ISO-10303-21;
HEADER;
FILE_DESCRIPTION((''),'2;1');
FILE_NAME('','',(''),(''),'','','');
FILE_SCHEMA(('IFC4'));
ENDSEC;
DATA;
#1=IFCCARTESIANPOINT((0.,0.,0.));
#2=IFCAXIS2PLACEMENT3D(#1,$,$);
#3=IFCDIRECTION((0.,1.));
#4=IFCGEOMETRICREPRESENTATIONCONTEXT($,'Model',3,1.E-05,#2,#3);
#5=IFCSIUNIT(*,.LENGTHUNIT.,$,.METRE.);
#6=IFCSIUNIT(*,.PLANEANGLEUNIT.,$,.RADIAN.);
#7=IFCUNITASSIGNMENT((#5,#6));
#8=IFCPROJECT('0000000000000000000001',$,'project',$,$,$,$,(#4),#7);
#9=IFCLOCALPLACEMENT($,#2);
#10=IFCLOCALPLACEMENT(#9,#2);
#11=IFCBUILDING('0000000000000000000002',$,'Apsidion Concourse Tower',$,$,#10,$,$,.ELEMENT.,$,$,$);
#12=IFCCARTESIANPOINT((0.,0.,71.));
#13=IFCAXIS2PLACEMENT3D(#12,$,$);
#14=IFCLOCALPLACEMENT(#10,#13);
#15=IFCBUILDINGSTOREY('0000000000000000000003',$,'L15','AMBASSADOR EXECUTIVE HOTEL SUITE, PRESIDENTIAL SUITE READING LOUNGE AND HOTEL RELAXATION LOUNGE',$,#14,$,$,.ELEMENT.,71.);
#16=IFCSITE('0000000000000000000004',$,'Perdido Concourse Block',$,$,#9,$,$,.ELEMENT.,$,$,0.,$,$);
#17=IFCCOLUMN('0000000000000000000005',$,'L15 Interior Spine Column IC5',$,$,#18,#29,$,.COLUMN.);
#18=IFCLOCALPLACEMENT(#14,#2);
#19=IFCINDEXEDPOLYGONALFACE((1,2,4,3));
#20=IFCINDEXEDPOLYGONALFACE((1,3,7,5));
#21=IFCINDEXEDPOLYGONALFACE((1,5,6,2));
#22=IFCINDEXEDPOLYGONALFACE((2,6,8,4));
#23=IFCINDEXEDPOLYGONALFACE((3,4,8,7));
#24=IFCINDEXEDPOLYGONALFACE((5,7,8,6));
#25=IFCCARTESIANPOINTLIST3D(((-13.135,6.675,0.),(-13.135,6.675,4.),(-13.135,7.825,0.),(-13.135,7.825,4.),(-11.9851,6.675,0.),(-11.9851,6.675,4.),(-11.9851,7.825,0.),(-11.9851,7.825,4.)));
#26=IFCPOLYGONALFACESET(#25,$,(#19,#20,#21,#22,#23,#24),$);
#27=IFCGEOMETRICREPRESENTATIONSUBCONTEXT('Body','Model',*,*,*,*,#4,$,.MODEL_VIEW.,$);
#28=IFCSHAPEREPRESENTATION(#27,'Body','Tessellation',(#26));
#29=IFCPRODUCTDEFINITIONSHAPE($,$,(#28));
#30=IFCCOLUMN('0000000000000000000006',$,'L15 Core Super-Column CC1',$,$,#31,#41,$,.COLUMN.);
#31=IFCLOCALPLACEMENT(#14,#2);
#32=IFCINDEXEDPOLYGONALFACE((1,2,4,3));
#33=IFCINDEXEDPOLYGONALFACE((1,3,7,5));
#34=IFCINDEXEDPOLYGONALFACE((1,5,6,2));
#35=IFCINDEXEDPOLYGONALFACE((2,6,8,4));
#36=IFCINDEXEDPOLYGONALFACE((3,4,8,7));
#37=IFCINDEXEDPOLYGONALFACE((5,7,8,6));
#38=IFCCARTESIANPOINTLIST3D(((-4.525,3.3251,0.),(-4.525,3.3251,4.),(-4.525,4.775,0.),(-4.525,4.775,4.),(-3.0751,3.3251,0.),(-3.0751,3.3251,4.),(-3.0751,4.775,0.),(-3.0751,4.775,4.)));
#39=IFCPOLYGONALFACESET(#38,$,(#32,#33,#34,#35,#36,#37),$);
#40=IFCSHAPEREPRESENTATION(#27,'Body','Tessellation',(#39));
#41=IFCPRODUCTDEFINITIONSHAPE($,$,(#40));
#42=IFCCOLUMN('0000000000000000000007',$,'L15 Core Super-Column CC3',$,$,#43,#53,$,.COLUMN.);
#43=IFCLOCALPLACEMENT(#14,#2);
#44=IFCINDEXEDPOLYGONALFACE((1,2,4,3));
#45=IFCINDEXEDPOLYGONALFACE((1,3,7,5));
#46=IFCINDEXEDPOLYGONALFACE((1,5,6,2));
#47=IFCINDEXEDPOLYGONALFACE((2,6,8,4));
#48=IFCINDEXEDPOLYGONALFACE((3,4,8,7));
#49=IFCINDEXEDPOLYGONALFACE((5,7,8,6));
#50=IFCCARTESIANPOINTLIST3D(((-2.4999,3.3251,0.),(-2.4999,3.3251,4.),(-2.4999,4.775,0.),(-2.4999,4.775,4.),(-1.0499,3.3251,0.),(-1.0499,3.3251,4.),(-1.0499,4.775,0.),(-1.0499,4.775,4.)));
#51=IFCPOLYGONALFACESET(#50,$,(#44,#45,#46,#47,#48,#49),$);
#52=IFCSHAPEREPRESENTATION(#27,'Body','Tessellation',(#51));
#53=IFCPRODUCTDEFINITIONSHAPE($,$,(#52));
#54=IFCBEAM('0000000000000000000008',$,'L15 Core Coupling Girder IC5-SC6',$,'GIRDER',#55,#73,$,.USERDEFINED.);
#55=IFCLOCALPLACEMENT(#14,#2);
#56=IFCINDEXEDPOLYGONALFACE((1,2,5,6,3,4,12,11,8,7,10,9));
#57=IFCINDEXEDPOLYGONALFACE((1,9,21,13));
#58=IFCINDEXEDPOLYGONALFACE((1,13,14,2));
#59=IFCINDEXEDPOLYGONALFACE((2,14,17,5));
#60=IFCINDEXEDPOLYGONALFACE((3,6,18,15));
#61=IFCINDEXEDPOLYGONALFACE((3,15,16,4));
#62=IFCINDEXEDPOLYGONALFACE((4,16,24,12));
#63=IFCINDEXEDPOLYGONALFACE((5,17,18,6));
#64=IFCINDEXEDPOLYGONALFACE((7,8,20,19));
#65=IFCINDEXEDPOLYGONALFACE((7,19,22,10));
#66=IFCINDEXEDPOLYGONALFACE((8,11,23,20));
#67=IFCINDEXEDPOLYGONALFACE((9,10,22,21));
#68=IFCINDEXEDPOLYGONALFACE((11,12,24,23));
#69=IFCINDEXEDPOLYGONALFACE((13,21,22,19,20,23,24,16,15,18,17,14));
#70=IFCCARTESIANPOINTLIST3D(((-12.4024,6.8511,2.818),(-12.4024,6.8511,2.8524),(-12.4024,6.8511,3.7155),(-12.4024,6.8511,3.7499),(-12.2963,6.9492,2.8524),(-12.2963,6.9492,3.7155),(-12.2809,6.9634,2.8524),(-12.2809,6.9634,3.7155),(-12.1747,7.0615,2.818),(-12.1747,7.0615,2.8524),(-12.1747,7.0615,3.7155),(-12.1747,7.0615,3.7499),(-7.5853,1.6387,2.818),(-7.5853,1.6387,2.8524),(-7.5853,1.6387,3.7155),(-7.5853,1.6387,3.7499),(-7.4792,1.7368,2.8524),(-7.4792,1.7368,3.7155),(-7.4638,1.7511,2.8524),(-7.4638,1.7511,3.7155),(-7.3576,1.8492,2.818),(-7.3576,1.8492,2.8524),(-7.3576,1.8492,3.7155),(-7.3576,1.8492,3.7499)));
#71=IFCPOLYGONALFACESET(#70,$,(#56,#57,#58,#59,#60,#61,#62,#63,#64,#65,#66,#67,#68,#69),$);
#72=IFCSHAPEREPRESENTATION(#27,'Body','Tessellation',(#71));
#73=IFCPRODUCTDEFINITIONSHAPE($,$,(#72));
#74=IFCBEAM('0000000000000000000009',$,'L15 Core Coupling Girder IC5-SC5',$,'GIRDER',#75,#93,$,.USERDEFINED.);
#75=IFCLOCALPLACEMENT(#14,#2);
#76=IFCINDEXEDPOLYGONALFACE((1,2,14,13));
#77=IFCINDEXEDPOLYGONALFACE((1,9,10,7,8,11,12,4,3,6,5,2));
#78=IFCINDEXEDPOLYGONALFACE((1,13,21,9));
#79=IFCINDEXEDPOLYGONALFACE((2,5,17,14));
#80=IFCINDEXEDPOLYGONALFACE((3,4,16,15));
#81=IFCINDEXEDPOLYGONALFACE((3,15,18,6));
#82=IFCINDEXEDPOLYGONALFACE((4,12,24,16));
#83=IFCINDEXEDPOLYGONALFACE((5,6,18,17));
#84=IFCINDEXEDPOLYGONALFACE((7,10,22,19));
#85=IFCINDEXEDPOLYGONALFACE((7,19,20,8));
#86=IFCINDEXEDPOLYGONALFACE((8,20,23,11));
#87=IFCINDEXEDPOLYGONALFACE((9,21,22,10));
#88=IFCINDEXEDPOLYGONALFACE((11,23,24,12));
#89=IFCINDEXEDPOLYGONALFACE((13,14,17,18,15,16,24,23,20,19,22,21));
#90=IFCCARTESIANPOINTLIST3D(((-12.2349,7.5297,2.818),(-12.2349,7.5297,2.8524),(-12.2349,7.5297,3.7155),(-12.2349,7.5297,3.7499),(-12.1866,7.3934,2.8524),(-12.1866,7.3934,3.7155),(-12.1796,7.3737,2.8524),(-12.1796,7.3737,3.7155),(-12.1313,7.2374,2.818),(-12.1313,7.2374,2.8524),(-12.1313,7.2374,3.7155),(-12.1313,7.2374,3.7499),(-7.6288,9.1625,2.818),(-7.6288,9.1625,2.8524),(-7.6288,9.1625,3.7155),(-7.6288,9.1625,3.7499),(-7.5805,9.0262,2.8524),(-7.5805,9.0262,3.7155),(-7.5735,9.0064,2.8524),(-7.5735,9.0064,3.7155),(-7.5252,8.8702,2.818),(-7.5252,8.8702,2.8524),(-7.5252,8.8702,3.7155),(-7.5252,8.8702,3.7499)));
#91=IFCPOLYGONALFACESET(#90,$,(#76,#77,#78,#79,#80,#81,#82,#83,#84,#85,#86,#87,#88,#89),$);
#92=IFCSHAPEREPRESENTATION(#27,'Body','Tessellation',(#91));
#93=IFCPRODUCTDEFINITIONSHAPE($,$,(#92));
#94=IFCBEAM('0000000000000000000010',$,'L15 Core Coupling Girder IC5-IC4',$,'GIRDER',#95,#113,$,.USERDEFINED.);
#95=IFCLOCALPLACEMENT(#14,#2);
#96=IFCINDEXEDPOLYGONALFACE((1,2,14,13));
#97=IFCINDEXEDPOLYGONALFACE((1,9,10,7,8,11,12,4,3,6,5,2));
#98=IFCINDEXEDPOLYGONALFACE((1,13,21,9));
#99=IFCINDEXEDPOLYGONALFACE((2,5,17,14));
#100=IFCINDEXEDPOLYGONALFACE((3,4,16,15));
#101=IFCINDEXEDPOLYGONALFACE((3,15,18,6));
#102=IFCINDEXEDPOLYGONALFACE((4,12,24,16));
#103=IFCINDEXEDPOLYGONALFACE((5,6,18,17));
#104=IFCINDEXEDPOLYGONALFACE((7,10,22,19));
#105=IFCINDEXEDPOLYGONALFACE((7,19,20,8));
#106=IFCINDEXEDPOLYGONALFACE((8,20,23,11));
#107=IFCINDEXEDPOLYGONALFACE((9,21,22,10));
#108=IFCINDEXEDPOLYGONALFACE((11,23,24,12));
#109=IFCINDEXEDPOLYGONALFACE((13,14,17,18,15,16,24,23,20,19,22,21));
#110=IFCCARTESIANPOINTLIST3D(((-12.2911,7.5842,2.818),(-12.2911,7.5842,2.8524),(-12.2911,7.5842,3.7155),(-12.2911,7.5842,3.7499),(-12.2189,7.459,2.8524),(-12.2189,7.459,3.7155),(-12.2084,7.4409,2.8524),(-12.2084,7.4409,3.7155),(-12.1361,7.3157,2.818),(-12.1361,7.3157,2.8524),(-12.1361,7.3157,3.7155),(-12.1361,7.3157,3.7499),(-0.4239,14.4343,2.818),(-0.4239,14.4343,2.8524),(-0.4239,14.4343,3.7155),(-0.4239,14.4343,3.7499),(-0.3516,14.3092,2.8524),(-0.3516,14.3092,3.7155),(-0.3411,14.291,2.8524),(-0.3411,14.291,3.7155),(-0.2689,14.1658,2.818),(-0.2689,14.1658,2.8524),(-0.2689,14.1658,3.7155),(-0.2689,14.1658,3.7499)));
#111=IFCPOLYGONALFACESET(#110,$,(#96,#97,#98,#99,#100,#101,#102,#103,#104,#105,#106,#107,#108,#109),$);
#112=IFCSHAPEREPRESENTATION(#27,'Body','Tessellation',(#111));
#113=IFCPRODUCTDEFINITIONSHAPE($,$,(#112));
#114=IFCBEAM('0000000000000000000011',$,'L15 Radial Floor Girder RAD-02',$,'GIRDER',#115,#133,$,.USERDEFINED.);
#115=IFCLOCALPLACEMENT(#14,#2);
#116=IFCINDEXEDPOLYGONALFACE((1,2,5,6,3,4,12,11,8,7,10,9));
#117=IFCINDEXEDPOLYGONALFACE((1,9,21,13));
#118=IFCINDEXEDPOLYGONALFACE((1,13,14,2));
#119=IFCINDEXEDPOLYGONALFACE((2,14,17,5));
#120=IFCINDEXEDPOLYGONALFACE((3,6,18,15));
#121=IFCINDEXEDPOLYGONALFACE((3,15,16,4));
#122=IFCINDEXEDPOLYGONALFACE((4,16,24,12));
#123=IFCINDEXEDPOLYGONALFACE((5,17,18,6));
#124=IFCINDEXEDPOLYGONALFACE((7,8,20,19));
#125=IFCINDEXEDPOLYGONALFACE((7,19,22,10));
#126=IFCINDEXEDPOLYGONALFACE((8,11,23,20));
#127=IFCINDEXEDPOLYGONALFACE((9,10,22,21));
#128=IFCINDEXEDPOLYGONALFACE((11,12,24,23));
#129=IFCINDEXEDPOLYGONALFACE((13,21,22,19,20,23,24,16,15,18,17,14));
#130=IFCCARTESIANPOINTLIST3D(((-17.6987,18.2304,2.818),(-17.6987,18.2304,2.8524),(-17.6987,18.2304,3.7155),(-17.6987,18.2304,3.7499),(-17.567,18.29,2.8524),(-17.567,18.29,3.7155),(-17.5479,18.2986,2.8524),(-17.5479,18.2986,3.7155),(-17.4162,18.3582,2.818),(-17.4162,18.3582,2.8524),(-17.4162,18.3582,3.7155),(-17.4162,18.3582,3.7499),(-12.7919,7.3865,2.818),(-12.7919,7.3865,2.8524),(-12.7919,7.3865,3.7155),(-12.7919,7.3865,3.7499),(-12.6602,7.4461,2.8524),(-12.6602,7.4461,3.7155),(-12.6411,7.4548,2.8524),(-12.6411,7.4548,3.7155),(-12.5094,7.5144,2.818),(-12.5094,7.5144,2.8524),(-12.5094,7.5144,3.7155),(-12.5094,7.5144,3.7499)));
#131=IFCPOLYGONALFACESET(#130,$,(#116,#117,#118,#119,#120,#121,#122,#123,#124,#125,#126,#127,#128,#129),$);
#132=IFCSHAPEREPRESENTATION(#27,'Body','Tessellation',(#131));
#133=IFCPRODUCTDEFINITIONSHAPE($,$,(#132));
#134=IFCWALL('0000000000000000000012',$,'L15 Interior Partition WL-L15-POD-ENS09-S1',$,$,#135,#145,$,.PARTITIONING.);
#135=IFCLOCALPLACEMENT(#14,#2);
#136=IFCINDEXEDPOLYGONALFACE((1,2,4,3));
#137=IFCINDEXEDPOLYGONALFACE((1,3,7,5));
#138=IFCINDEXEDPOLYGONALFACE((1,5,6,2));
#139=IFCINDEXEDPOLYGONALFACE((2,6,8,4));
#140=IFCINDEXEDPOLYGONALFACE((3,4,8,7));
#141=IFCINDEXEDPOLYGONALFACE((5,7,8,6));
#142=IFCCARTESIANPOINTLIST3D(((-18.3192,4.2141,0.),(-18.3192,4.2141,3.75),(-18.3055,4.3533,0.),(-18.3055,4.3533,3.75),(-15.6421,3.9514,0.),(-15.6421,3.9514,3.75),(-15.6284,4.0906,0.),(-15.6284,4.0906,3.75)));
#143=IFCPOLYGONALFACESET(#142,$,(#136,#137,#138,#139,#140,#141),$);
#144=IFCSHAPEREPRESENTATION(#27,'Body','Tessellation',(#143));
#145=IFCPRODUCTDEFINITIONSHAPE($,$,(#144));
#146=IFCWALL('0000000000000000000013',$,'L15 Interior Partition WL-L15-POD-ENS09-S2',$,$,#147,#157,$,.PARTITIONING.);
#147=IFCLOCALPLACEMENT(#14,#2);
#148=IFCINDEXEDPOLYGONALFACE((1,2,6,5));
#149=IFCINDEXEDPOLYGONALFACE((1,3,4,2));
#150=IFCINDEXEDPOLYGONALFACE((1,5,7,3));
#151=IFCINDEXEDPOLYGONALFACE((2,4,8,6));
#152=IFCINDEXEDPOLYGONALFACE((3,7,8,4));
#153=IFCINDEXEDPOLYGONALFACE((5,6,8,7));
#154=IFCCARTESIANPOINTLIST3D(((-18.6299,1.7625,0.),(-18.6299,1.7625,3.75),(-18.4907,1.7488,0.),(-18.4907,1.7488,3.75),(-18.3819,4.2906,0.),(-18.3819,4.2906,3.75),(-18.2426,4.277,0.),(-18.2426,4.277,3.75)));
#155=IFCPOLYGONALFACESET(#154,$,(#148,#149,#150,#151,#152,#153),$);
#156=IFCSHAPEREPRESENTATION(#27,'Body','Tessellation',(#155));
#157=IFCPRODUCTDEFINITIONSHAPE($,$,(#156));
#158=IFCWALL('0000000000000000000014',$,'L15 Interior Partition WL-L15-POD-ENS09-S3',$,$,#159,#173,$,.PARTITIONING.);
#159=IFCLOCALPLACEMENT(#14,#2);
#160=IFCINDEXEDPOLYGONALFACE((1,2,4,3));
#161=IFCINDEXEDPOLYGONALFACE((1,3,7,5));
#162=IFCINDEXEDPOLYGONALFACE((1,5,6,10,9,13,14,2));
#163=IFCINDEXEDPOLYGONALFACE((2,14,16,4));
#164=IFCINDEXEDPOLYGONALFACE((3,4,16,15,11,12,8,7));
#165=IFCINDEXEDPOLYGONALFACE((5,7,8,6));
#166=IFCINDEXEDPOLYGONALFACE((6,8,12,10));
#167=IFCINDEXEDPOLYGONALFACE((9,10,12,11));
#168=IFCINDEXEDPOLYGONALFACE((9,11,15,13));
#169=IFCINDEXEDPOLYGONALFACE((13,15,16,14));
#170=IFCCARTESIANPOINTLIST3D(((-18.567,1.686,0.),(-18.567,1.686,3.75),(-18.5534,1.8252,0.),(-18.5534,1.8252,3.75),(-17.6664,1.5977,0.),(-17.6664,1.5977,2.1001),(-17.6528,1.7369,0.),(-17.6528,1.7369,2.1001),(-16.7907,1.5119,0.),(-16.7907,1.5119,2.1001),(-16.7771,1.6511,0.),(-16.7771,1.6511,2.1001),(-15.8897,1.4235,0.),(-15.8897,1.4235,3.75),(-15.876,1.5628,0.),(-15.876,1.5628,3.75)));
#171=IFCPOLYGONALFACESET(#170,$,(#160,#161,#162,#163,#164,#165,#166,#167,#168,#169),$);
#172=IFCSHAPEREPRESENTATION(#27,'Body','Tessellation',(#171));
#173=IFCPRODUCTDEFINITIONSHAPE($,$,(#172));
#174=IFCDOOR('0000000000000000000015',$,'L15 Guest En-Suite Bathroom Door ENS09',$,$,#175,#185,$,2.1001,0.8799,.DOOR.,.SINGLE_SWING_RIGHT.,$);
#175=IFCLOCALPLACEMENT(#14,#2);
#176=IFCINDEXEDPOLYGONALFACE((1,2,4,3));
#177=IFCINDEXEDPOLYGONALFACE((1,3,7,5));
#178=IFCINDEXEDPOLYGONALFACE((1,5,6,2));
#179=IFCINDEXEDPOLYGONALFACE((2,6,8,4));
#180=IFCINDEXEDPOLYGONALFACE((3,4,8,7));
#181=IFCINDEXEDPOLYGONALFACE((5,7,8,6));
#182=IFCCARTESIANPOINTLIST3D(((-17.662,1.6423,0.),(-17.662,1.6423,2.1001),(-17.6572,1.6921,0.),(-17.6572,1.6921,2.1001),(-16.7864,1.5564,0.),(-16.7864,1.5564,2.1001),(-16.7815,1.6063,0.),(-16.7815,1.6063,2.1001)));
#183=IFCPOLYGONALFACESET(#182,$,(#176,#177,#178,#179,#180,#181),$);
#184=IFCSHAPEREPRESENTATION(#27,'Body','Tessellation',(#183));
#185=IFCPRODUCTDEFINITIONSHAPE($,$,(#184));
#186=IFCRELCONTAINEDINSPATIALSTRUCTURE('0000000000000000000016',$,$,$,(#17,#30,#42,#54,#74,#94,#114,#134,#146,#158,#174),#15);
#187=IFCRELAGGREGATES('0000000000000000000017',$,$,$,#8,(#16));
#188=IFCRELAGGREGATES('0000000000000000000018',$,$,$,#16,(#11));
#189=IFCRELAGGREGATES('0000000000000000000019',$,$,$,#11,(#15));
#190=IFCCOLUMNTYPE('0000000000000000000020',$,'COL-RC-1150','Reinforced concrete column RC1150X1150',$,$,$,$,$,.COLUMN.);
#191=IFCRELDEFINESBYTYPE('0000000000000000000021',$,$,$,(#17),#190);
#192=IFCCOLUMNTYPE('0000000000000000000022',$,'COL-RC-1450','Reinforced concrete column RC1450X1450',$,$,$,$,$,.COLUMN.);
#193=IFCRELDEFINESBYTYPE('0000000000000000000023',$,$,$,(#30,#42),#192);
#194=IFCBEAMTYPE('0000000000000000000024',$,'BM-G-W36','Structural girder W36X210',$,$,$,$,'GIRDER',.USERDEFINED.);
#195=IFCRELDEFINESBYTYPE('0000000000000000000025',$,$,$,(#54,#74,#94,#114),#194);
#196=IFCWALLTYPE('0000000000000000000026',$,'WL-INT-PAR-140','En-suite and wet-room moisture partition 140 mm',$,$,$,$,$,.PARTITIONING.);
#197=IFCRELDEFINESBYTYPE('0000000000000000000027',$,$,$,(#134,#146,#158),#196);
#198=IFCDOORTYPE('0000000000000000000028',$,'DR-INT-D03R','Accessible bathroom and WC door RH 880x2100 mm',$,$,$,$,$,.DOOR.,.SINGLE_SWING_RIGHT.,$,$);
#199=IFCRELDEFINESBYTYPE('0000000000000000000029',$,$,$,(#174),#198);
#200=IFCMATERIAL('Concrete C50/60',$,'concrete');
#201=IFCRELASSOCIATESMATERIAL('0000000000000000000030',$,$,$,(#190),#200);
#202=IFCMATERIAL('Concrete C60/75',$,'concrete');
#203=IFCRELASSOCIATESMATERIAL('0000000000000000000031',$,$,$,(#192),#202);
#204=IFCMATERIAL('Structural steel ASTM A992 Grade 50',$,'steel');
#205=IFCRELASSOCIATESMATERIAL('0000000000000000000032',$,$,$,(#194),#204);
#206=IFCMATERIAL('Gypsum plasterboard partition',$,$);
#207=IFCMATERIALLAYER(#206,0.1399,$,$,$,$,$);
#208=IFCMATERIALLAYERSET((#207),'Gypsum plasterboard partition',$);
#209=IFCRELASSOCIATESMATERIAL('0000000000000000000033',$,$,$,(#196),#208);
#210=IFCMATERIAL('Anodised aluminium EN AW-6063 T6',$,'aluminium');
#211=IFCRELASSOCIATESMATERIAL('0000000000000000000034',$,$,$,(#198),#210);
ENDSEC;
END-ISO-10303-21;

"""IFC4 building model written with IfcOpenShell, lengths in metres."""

from ifc_helpers import new_model, si_unit, direction, frame, frame_2d, origin, origin_2d, place, context, subcontext, project, spatial, rectangle, i_section, extrude, material, layer, layer_set, material_profile, profile_set, type_object, element, fill, save


model = new_model("IFC4")

# Units and contexts
model_context = context("Model", 3, precision=1e-05, world=origin(), true_north=direction((0.0, 1.0)))
body_context = subcontext(model_context, "Body", "Model", "MODEL_VIEW")
ifc_project = project(units=[si_unit("LENGTHUNIT", "METRE"), si_unit("PLANEANGLEUNIT", "RADIAN")], contexts=[model_context])

# Site, building, storey
site_placement = place(None, origin())
site = spatial("IfcSite", under=ifc_project, at=site_placement, Name="Perdido Concourse Block", CompositionType="ELEMENT", RefElevation=0.0)
building_placement = place(site_placement, origin())
building = spatial("IfcBuilding", under=site, at=building_placement, Name="Apsidion Concourse Tower", CompositionType="ELEMENT")
storey_placement = place(building_placement, frame((0.0, 0.0, 71.0)))
storey = spatial("IfcBuildingStorey", under=building, at=storey_placement, Name="L15", Description="AMBASSADOR EXECUTIVE HOTEL SUITE, PRESIDENTIAL SUITE READING LOUNGE AND HOTEL RELAXATION LOUNGE", CompositionType="ELEMENT", Elevation=71.0)

# Columns
ifc_material_1 = material(Name="Concrete C50/60", Category="concrete")
ifc_material_profile_1 = material_profile(ifc_material_1, rectangle(XDim=1.1499, YDim=1.1499, at=origin_2d()), Name="RC 1150x1150")
ifc_profile_set_1 = profile_set([ifc_material_profile_1], Name="Concrete C50/60")
column_type_1 = type_object("IfcColumnType", Name="COL-RC-1150", Description="Reinforced concrete column RC1150X1150", PredefinedType="COLUMN", material=ifc_profile_set_1)
column_placement = place(storey_placement, frame((-12.5601, 7.25, 0.0), z_axis=(0.0, 0.0, 1.0), x_axis=(1.0, 0.0, 0.0)))
element("IfcColumn", 1, at=column_placement, inside=storey, type_object=column_type_1, Name="L15 Interior Spine Column IC5", PredefinedType="COLUMN", context=body_context, shape_type="SweptSolid", body=[
    extrude(rectangle(XDim=1.1499, YDim=1.1499, at=origin_2d()), origin(), (0.0, 0.0, 1.0), 4.0),
])
ifc_material_2 = material(Name="Concrete C60/75", Category="concrete")
ifc_material_profile_2 = material_profile(ifc_material_2, rectangle(XDim=1.45, YDim=1.45, at=origin_2d()), Name="RC 1450x1450")
ifc_profile_set_2 = profile_set([ifc_material_profile_2], Name="Concrete C60/75")
column_type_2 = type_object("IfcColumnType", Name="COL-RC-1450", Description="Reinforced concrete column RC1450X1450", PredefinedType="COLUMN", material=ifc_profile_set_2)
for number, where, z_axis, x_axis, name in (
    (2, (-3.8, 4.05, 0.0), (0.0, 0.0, 1.0), (1.0, 0.0, 0.0), "L15 Core Super-Column CC1"),
    (3, (-1.7749, 4.05, 0.0), (0.0, 0.0, 1.0), (1.0, 0.0, 0.0), "L15 Core Super-Column CC3"),
):
    element("IfcColumn", number, at=place(storey_placement, frame(where, z_axis=z_axis, x_axis=x_axis)), inside=storey, type_object=column_type_2, Name=name, PredefinedType="COLUMN", context=body_context, shape_type="SweptSolid", body=[
        extrude(rectangle(XDim=1.45, YDim=1.45, at=origin_2d()), origin(), (0.0, 0.0, 1.0), 4.0),
    ])

# Beams
ifc_material_3 = material(Name="Structural steel ASTM A992 Grade 50", Category="steel")
ifc_material_profile_3 = material_profile(ifc_material_3, i_section(OverallWidth=0.3101, OverallDepth=0.9319, WebThickness=0.021, FlangeThickness=0.0344, at=origin_2d()), Name="W36X210")
ifc_profile_set_3 = profile_set([ifc_material_profile_3], Name="Structural steel ASTM A992 Grade 50")
beam_type = type_object("IfcBeamType", Name="BM-G-W36", Description="Structural girder W36X210", ElementType="GIRDER", PredefinedType="USERDEFINED", material=ifc_profile_set_3)
beam_1_placement = place(storey_placement, frame((-12.2886, 6.9563, 3.2839), z_axis=(0.678713, -0.734404, 0.0), x_axis=(0.734404, 0.678713, 0.0)))
element("IfcBeam", 4, at=beam_1_placement, inside=storey, type_object=beam_type, Name="L15 Core Coupling Girder IC5-SC6", ObjectType="GIRDER", PredefinedType="USERDEFINED", context=body_context, shape_type="SweptSolid", body=[
    extrude(i_section(OverallWidth=0.3101, OverallDepth=0.9319, WebThickness=0.021, FlangeThickness=0.0344, at=origin_2d()), origin(), (0.0, 0.0, 1.0), 7.0974),
])
beam_2_placement = place(storey_placement, frame((-12.1831, 7.3835, 3.2839), z_axis=(0.942534, 0.334111, 0.0), x_axis=(-0.334111, 0.942534, 0.0)))
element("IfcBeam", 5, at=beam_2_placement, inside=storey, type_object=beam_type, Name="L15 Core Coupling Girder IC5-SC5", ObjectType="GIRDER", PredefinedType="USERDEFINED", context=body_context, shape_type="SweptSolid", body=[
    extrude(i_section(OverallWidth=0.3101, OverallDepth=0.9319, WebThickness=0.021, FlangeThickness=0.0344, at=origin_2d()), origin(), (0.0, 0.0, 1.0), 4.887),
])
beam_3_placement = place(storey_placement, frame((-12.2136, 7.45, 3.2839), z_axis=(0.86607, 0.499922, 0.0), x_axis=(-0.499922, 0.86607, 0.0)))
element("IfcBeam", 6, at=beam_3_placement, inside=storey, type_object=beam_type, Name="L15 Core Coupling Girder IC5-IC4", ObjectType="GIRDER", PredefinedType="USERDEFINED", context=body_context, shape_type="SweptSolid", body=[
    extrude(i_section(OverallWidth=0.3101, OverallDepth=0.9319, WebThickness=0.021, FlangeThickness=0.0344, at=origin_2d()), origin(), (0.0, 0.0, 1.0), 13.7024),
])
beam_4_placement = place(storey_placement, frame((-12.6506, 7.4504, 3.2839), z_axis=(-0.412254, 0.911069, 0.0), x_axis=(-0.911069, -0.412254, 0.0)))
element("IfcBeam", 7, at=beam_4_placement, inside=storey, type_object=beam_type, Name="L15 Radial Floor Girder RAD-02", ObjectType="GIRDER", PredefinedType="USERDEFINED", context=body_context, shape_type="SweptSolid", body=[
    extrude(i_section(OverallWidth=0.3101, OverallDepth=0.9319, WebThickness=0.021, FlangeThickness=0.0344, at=origin_2d()), origin(), (0.0, 0.0, 1.0), 11.9023),
])

# Walls
ifc_material_4 = material(Name="Gypsum plasterboard partition")
ifc_layer_1 = layer(ifc_material_4, 0.1399)
ifc_layer_set_1 = layer_set([ifc_layer_1], Name="Gypsum plasterboard partition")
wall_type_1 = type_object("IfcWallType", Name="WL-INT-PAR-140", Description="En-suite and wet-room moisture partition 140 mm", PredefinedType="PARTITIONING", material=ifc_layer_set_1)
wall_1_placement = place(storey_placement, frame((-15.6353, 4.021, 0.0), z_axis=(0.0, 0.0, 1.0), x_axis=(-0.99522, 0.097661, 0.0)))
element("IfcWall", 8, at=wall_1_placement, inside=storey, type_object=wall_type_1, Name="L15 Interior Partition WL-L15-POD-ENS09-S1", PredefinedType="PARTITIONING", context=body_context, shape_type="SweptSolid", body=[
    extrude(rectangle(XDim=2.6899, YDim=0.1399, at=frame_2d((1.345, 0.0))), origin(), (0.0, 0.0, 1.0), 3.75),
])
wall_2_placement = place(storey_placement, frame((-18.3123, 4.2837, 0.0), z_axis=(0.0, 0.0, 1.0), x_axis=(-0.097648, -0.995221, 0.0)))
element("IfcWall", 9, at=wall_2_placement, inside=storey, type_object=wall_type_1, Name="L15 Interior Partition WL-L15-POD-ENS09-S2", PredefinedType="PARTITIONING", context=body_context, shape_type="SweptSolid", body=[
    extrude(rectangle(XDim=2.5403, YDim=0.1399, at=frame_2d((1.27, 0.0))), origin(), (0.0, 0.0, 1.0), 3.75),
])

# Wall, opening, door
wall_3_placement = place(storey_placement, frame((-18.5603, 1.7556, 0.0), z_axis=(0.0, 0.0, 1.0), x_axis=(0.995229, -0.097563, 0.0)))
wall_3 = element("IfcWall", 10, at=wall_3_placement, inside=storey, type_object=wall_type_1, Name="L15 Interior Partition WL-L15-POD-ENS09-S3", PredefinedType="PARTITIONING", context=body_context, shape_type="SweptSolid", body=[
    extrude(rectangle(XDim=2.6902, YDim=0.1399, at=frame_2d((1.3452, 0.0))), origin(), (0.0, 0.0, 1.0), 3.75),
])
opening_placement = place(wall_3_placement, frame((0.905, 0.0, 0.0)))
opening = element("IfcOpeningElement", 11, at=opening_placement, cuts=wall_3, PredefinedType="OPENING", context=body_context, shape_type="SweptSolid", body=[
    extrude(rectangle(XDim=0.8799, YDim=2.1001, at=frame_2d((0.4399, 1.05))), frame((0.0, 0.0801, 0.0), z_axis=(0.0, -1.0, 0.0), x_axis=(1.0, 0.0, 0.0)), (0.0, 0.0, 1.0), 0.1599),
])
ifc_material_5 = material(Name="Anodised aluminium EN AW-6063 T6", Category="aluminium")
door_type = type_object("IfcDoorType", Name="DR-INT-D03R", Description="Accessible bathroom and WC door RH 880x2100 mm", OperationType="SINGLE_SWING_RIGHT", PredefinedType="DOOR", material=ifc_material_5)
door_placement = place(opening_placement, origin())
door = element("IfcDoor", 12, at=door_placement, inside=storey, type_object=door_type, Name="L15 Guest En-Suite Bathroom Door ENS09", OperationType="SINGLE_SWING_RIGHT", OverallHeight=2.1001, OverallWidth=0.8799, PredefinedType="DOOR", context=body_context, shape_type="SweptSolid", body=[
    extrude(rectangle(XDim=0.8799, YDim=2.1001, at=frame_2d((0.4399, 1.05))), frame((0.0, 0.0249, 0.0), z_axis=(0.0, -1.0, 0.0), x_axis=(1.0, 0.0, 0.0)), (0.0, 0.0, 1.0), 0.05),
])
fill(opening, door)

save(model, "model.ifc")
